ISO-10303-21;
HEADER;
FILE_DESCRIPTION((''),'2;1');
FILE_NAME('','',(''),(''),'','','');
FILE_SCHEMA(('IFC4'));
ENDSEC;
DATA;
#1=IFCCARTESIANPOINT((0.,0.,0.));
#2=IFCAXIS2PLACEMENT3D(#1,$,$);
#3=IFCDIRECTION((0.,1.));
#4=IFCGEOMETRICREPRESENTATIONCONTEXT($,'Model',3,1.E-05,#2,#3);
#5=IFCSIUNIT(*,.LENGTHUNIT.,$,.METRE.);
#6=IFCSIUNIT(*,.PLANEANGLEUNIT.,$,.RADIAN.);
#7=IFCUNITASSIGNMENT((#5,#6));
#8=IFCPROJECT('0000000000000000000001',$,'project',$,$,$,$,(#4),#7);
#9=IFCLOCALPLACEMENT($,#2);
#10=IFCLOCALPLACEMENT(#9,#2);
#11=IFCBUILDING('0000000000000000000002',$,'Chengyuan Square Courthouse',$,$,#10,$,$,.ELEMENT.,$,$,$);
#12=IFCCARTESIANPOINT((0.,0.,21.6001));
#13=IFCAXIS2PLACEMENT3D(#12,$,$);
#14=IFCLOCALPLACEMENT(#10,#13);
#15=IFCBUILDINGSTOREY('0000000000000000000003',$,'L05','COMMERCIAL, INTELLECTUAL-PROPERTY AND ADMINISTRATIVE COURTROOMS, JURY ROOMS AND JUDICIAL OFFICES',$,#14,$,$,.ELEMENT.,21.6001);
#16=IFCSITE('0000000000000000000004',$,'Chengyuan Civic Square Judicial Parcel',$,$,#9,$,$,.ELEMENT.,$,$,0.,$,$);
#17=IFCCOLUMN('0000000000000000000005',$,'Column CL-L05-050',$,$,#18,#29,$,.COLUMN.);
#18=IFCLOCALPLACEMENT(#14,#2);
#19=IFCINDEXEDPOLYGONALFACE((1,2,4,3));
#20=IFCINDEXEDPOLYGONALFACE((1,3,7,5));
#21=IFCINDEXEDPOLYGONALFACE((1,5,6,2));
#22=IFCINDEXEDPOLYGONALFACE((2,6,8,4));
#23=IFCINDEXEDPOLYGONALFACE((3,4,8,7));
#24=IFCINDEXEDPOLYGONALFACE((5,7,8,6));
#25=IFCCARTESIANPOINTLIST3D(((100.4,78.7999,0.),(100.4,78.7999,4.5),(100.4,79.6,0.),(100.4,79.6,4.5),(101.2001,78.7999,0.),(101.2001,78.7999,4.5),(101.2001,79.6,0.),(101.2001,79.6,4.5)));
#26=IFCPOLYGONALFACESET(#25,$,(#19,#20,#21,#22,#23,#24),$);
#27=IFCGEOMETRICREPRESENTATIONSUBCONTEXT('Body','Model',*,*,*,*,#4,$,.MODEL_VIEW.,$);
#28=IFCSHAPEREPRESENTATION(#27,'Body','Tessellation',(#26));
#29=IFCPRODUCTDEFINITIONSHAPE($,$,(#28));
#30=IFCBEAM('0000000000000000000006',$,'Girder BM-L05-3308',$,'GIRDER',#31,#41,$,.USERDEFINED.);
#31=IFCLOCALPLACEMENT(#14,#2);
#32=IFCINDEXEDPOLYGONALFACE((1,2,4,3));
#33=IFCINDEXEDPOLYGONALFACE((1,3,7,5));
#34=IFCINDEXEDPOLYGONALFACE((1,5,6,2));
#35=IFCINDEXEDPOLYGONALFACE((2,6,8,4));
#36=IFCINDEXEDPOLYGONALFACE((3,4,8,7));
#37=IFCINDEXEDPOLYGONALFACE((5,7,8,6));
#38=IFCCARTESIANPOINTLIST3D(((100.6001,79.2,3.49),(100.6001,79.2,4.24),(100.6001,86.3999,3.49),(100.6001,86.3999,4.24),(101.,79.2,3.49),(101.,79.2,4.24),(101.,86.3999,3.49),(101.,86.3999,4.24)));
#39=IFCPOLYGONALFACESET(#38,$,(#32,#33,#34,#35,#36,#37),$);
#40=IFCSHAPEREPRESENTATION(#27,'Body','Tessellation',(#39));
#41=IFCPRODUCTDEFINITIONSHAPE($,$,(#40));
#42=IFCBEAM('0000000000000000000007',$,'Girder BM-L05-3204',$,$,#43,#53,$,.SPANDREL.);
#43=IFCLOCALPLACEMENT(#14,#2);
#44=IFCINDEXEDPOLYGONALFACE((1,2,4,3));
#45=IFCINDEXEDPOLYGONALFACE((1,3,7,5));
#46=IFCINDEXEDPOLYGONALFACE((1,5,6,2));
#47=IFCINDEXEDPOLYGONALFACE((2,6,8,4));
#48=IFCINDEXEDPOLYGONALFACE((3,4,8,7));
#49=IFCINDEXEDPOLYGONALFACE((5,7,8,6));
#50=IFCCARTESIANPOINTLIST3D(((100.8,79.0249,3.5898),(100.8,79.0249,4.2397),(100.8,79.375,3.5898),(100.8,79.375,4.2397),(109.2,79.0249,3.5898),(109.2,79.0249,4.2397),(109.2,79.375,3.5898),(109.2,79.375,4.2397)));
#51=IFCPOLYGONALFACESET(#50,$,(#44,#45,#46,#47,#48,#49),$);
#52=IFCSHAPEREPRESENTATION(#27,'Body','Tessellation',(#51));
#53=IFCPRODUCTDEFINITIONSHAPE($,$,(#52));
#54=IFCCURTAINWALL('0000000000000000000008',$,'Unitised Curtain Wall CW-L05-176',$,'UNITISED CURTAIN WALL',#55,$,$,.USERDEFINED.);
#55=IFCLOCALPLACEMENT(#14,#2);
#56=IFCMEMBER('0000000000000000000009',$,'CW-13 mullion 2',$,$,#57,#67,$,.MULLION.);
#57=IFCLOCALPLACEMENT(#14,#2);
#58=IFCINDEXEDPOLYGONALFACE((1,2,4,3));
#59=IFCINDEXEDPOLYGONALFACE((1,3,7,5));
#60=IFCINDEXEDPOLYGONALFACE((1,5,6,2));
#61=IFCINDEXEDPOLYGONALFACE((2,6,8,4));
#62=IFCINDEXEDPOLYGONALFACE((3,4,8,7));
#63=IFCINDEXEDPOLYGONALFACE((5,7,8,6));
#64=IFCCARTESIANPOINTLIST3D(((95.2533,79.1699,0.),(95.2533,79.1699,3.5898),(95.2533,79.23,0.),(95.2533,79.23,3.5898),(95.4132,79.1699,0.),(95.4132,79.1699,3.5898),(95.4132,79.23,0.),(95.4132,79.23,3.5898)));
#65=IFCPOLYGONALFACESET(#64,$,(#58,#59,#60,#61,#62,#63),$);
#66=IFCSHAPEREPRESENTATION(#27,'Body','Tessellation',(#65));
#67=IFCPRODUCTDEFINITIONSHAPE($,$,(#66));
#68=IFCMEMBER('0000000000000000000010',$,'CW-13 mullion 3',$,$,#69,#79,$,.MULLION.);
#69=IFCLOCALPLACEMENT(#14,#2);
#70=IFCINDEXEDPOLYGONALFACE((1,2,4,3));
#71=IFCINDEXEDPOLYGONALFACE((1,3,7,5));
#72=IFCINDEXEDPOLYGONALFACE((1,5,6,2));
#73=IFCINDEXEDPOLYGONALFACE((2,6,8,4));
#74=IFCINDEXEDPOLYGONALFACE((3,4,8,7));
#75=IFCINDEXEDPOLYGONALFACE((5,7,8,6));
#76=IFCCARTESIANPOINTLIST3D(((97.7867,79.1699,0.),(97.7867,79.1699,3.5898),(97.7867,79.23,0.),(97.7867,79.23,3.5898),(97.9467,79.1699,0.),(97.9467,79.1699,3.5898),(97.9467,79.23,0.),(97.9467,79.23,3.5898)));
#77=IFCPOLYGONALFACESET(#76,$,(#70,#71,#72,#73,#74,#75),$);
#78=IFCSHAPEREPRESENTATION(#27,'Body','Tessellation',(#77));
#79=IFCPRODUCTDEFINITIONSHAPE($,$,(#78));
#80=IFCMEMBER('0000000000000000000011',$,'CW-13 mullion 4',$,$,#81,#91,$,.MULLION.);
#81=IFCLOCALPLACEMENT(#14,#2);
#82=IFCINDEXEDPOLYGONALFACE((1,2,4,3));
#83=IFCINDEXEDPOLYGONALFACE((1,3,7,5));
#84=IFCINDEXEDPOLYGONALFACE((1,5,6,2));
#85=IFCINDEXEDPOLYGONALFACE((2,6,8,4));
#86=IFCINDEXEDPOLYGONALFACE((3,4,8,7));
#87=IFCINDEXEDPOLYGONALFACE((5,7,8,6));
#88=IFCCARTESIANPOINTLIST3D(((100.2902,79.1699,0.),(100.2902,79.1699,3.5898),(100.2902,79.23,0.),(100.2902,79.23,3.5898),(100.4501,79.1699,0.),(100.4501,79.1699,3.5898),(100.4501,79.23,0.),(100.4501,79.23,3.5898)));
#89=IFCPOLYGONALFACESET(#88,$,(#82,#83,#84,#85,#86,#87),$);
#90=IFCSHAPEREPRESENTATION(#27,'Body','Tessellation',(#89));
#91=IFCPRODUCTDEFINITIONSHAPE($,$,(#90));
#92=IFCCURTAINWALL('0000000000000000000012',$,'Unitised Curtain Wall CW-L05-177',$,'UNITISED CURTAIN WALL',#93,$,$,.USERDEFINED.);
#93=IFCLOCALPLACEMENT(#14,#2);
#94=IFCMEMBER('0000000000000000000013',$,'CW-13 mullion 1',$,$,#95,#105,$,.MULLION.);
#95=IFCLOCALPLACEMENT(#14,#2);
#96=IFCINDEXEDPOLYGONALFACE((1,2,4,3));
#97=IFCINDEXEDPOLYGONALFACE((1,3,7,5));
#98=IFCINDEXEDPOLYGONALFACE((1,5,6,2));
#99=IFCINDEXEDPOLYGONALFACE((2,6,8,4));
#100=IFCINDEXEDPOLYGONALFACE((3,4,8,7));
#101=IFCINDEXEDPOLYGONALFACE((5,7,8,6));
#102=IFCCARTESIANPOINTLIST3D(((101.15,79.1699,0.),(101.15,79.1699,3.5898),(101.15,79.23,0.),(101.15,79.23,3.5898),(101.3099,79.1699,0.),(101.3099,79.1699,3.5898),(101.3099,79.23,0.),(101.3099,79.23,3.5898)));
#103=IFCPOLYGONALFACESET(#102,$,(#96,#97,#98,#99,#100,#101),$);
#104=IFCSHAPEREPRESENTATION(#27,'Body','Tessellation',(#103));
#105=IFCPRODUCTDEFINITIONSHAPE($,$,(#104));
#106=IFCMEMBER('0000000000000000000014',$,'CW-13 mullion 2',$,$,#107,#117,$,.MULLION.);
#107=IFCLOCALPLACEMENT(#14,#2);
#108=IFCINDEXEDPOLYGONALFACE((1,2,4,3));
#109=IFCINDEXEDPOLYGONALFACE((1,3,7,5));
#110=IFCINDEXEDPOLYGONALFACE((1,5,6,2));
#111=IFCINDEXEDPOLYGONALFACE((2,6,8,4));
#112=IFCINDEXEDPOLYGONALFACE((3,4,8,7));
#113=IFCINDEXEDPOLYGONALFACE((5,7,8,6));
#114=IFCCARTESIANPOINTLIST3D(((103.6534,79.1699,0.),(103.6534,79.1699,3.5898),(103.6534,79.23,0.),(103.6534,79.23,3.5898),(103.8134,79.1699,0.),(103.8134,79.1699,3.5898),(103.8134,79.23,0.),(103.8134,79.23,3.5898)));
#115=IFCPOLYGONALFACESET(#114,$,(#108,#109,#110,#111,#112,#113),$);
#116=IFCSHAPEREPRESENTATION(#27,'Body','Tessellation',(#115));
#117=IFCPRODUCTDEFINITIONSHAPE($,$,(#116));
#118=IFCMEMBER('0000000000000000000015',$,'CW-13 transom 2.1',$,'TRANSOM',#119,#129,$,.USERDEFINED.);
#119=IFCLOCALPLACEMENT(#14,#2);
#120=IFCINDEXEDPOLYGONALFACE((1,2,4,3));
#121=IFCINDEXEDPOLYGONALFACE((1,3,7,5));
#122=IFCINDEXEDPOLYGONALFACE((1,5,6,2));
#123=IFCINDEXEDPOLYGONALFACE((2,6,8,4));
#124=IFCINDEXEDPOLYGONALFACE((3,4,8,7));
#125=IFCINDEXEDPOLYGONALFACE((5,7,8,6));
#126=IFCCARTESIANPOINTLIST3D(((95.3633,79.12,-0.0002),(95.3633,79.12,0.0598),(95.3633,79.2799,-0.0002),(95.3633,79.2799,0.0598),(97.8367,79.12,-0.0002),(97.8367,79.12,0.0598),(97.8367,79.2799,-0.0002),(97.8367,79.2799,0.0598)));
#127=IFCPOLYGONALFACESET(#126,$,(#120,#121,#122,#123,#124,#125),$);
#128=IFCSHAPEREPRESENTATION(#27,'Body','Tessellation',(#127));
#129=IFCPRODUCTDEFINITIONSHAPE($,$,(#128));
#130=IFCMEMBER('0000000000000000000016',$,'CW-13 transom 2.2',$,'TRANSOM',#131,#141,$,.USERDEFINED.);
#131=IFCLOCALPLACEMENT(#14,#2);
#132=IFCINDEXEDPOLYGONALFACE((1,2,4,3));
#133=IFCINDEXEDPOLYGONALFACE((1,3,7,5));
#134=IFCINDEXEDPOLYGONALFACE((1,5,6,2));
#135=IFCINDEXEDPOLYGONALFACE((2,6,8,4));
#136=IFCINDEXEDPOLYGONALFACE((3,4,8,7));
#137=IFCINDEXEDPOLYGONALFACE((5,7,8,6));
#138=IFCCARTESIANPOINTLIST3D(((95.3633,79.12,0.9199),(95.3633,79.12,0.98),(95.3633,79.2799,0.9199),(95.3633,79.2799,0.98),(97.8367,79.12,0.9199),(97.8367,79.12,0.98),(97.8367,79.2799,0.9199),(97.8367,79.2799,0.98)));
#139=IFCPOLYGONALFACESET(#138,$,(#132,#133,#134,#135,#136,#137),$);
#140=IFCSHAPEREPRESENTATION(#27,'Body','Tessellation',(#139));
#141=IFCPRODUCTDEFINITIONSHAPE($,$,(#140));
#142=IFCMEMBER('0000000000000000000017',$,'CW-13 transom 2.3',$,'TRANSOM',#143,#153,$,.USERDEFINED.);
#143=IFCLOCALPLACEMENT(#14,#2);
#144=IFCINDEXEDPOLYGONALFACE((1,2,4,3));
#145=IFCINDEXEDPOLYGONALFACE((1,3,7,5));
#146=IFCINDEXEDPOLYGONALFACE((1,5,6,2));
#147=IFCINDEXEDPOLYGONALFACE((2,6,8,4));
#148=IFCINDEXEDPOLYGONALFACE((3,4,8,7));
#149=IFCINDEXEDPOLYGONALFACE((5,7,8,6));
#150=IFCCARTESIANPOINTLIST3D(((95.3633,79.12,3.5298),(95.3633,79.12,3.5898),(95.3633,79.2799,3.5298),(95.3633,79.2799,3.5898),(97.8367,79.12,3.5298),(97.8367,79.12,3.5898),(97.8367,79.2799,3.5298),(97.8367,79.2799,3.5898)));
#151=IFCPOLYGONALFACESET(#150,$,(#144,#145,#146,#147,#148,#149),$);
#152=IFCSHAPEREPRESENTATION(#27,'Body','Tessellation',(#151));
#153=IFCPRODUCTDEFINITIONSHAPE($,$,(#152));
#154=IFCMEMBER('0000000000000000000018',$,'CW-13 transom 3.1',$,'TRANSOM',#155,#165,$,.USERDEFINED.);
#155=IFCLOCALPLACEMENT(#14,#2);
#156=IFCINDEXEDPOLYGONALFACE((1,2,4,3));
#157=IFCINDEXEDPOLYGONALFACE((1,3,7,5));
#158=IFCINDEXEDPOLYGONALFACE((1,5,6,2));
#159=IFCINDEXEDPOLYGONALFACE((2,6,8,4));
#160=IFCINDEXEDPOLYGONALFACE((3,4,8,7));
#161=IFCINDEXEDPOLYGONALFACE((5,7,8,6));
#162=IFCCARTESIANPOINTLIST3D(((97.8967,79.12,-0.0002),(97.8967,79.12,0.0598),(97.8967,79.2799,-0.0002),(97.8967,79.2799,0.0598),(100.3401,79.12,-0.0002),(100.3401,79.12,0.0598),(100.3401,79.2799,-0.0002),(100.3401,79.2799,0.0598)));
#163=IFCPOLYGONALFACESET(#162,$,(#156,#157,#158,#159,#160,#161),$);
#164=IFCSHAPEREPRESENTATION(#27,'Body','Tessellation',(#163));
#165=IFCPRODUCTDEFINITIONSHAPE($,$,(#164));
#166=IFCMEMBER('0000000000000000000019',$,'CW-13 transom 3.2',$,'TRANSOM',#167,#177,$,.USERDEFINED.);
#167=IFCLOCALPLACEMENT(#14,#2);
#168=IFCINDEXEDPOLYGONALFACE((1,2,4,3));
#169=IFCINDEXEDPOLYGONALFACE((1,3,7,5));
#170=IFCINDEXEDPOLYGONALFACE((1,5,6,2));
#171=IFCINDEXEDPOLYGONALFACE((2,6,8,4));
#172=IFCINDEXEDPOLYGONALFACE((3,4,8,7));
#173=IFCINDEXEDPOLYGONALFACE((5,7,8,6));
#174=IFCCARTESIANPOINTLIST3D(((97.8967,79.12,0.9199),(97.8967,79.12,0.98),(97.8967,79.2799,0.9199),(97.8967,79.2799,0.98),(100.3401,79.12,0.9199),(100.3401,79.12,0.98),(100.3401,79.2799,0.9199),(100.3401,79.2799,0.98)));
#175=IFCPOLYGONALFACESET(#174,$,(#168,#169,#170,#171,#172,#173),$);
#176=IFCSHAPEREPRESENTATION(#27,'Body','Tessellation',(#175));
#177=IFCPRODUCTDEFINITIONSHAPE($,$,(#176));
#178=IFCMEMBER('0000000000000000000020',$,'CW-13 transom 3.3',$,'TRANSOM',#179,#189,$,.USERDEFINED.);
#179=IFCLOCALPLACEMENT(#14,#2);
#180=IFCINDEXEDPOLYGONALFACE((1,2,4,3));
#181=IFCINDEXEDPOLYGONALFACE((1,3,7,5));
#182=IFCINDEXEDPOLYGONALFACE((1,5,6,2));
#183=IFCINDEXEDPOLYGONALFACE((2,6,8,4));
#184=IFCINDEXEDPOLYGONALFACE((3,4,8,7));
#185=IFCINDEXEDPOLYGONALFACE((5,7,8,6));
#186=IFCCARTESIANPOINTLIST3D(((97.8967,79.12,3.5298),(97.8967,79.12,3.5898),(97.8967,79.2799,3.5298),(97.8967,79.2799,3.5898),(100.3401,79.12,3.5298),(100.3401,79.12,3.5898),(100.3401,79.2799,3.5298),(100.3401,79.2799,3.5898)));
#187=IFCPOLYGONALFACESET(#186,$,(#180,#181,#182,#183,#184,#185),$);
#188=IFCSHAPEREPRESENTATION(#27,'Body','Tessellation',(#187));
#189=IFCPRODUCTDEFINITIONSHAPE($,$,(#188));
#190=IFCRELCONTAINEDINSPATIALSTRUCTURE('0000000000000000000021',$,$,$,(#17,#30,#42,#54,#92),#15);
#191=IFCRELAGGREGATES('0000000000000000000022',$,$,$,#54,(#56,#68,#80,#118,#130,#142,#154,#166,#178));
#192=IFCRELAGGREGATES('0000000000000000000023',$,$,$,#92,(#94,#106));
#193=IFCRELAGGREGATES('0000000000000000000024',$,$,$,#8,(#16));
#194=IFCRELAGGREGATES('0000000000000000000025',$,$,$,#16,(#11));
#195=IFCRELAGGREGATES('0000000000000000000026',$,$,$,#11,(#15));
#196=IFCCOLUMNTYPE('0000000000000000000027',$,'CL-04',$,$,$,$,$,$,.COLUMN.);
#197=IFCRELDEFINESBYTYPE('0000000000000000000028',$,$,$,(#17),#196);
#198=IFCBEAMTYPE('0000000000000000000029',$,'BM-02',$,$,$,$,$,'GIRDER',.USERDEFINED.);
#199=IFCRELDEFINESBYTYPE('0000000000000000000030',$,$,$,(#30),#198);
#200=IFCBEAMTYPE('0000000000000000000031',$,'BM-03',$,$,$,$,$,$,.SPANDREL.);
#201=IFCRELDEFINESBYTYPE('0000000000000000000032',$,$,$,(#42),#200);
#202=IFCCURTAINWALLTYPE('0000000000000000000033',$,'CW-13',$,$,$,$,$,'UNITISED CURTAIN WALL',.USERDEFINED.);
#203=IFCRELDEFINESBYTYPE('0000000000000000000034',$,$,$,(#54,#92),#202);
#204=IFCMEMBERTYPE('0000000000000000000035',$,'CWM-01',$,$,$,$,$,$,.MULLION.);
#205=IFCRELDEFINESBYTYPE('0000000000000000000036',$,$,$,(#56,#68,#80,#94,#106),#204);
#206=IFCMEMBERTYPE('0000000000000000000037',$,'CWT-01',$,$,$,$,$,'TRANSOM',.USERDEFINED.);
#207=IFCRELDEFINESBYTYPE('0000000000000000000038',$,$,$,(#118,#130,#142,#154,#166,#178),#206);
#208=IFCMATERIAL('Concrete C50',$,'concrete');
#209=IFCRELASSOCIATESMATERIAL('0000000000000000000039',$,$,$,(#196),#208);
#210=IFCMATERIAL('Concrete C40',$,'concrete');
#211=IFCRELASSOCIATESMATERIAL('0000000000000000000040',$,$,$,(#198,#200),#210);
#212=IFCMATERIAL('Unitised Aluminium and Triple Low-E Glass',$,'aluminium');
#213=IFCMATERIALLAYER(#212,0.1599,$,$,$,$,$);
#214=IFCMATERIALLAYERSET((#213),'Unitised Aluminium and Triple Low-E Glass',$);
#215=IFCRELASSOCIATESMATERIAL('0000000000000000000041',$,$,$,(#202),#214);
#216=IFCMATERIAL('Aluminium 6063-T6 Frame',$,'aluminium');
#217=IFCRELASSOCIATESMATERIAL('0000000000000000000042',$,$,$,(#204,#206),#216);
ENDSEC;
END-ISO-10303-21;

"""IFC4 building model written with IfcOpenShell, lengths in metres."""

from ifc_helpers import new_model, si_unit, direction, frame, origin, origin_2d, place, context, subcontext, project, spatial, rectangle, extrude, material, layer, layer_set, material_profile, profile_set, type_object, element, aggregate, save


model = new_model("IFC4")

# Units and contexts
model_context = context("Model", 3, precision=1e-05, world=origin(), true_north=direction((0.0, 1.0)))
body_context = subcontext(model_context, "Body", "Model", "MODEL_VIEW")
ifc_project = project(units=[si_unit("LENGTHUNIT", "METRE"), si_unit("PLANEANGLEUNIT", "RADIAN")], contexts=[model_context])

# Site, building, storey
site_placement = place(None, origin())
site = spatial("IfcSite", under=ifc_project, at=site_placement, Name="Chengyuan Civic Square Judicial Parcel", CompositionType="ELEMENT", RefElevation=0.0)
building_placement = place(site_placement, origin())
building = spatial("IfcBuilding", under=site, at=building_placement, Name="Chengyuan Square Courthouse", CompositionType="ELEMENT")
storey_placement = place(building_placement, frame((0.0, 0.0, 21.6001)))
storey = spatial("IfcBuildingStorey", under=building, at=storey_placement, Name="L05", Description="COMMERCIAL, INTELLECTUAL-PROPERTY AND ADMINISTRATIVE COURTROOMS, JURY ROOMS AND JUDICIAL OFFICES", CompositionType="ELEMENT", Elevation=21.6001)

# Column
ifc_material_1 = material(Name="Concrete C50", Category="concrete")
ifc_material_profile_1 = material_profile(ifc_material_1, rectangle(XDim=0.8, YDim=0.8, at=origin_2d()), Name="RC-COL-800x800")
ifc_profile_set_1 = profile_set([ifc_material_profile_1], Name="Concrete C50")
column_type = type_object("IfcColumnType", Name="CL-04", PredefinedType="COLUMN", material=ifc_profile_set_1)
column_placement = place(storey_placement, frame((100.8, 79.2, 0.0), z_axis=(0.0, 0.0, 1.0), x_axis=(1.0, 0.0, 0.0)))
element("IfcColumn", 1, at=column_placement, inside=storey, type_object=column_type, Name="Column CL-L05-050", PredefinedType="COLUMN", context=body_context, shape_type="SweptSolid", body=[
    extrude(rectangle(XDim=0.8, YDim=0.8, at=origin_2d()), origin(), (0.0, 0.0, 1.0), 4.5),
])

# Beams
ifc_material_2 = material(Name="Concrete C40", Category="concrete")
ifc_material_profile_2 = material_profile(ifc_material_2, rectangle(XDim=0.3999, YDim=0.75, at=origin_2d()), Name="RC-BM-400x750")
ifc_profile_set_2 = profile_set([ifc_material_profile_2], Name="Concrete C40")
beam_type_1 = type_object("IfcBeamType", Name="BM-02", ElementType="GIRDER", PredefinedType="USERDEFINED", material=ifc_profile_set_2)
beam_1_placement = place(storey_placement, frame((100.8, 79.2, 3.865), z_axis=(0.0, 1.0, 0.0), x_axis=(-1.0, 0.0, 0.0)))
element("IfcBeam", 2, at=beam_1_placement, inside=storey, type_object=beam_type_1, Name="Girder BM-L05-3308", ObjectType="GIRDER", PredefinedType="USERDEFINED", context=body_context, shape_type="SweptSolid", body=[
    extrude(rectangle(XDim=0.3999, YDim=0.75, at=origin_2d()), origin(), (0.0, 0.0, 1.0), 7.2),
])
ifc_material_profile_3 = material_profile(ifc_material_2, rectangle(XDim=0.3501, YDim=0.6499, at=origin_2d()), Name="RC-BM-350x650")
ifc_profile_set_3 = profile_set([ifc_material_profile_3], Name="Concrete C40")
beam_type_2 = type_object("IfcBeamType", Name="BM-03", PredefinedType="SPANDREL", material=ifc_profile_set_3)
beam_2_placement = place(storey_placement, frame((100.8, 79.2, 3.9148), z_axis=(1.0, 0.0, 0.0), x_axis=(0.0, 1.0, 0.0)))
element("IfcBeam", 3, at=beam_2_placement, inside=storey, type_object=beam_type_2, Name="Girder BM-L05-3204", PredefinedType="SPANDREL", context=body_context, shape_type="SweptSolid", body=[
    extrude(rectangle(XDim=0.3501, YDim=0.6499, at=origin_2d()), origin(), (0.0, 0.0, 1.0), 8.3999),
])

# Curtain walls, members
ifc_material_3 = material(Name="Unitised Aluminium and Triple Low-E Glass", Category="aluminium")
ifc_layer_1 = layer(ifc_material_3, 0.1599)
ifc_layer_set_1 = layer_set([ifc_layer_1], Name="Unitised Aluminium and Triple Low-E Glass")
curtain_wall_type = type_object("IfcCurtainWallType", Name="CW-13", ElementType="UNITISED CURTAIN WALL", PredefinedType="USERDEFINED", material=ifc_layer_set_1)
curtain_wall_1_placement = place(storey_placement, origin())
curtain_wall_1 = element("IfcCurtainWall", 4, at=curtain_wall_1_placement, inside=storey, type_object=curtain_wall_type, Name="Unitised Curtain Wall CW-L05-176", ObjectType="UNITISED CURTAIN WALL", PredefinedType="USERDEFINED")
ifc_material_4 = material(Name="Aluminium 6063-T6 Frame", Category="aluminium")
ifc_material_profile_4 = material_profile(ifc_material_4, rectangle(XDim=0.0601, YDim=0.1599, at=origin_2d()), Name="CW-MUL-60x160")
ifc_profile_set_4 = profile_set([ifc_material_profile_4], Name="Aluminium 6063-T6 Frame")
member_type_1 = type_object("IfcMemberType", Name="CWM-01", PredefinedType="MULLION", material=ifc_profile_set_4)
member_1_placement = place(storey_placement, frame((95.3333, 79.2, 0.0), z_axis=(0.0, 0.0, 1.0), x_axis=(0.0, 1.0, 0.0)))
member_1 = element("IfcMember", 5, at=member_1_placement, type_object=member_type_1, Name="CW-13 mullion 2", PredefinedType="MULLION", context=body_context, shape_type="SweptSolid", body=[
    extrude(rectangle(XDim=0.0601, YDim=0.1599, at=origin_2d()), origin(), (0.0, 0.0, 1.0), 3.5898),
])
member_2_placement = place(storey_placement, frame((97.8667, 79.2, 0.0), z_axis=(0.0, 0.0, 1.0), x_axis=(0.0, 1.0, 0.0)))
member_2 = element("IfcMember", 6, at=member_2_placement, type_object=member_type_1, Name="CW-13 mullion 3", PredefinedType="MULLION", context=body_context, shape_type="SweptSolid", body=[
    extrude(rectangle(XDim=0.0601, YDim=0.1599, at=origin_2d()), origin(), (0.0, 0.0, 1.0), 3.5898),
])
member_3_placement = place(storey_placement, frame((100.3701, 79.2, 0.0), z_axis=(0.0, 0.0, 1.0), x_axis=(0.0, 1.0, 0.0)))
member_3 = element("IfcMember", 7, at=member_3_placement, type_object=member_type_1, Name="CW-13 mullion 4", PredefinedType="MULLION", context=body_context, shape_type="SweptSolid", body=[
    extrude(rectangle(XDim=0.0601, YDim=0.1599, at=origin_2d()), origin(), (0.0, 0.0, 1.0), 3.5898),
])
curtain_wall_2_placement = place(storey_placement, origin())
curtain_wall_2 = element("IfcCurtainWall", 8, at=curtain_wall_2_placement, inside=storey, type_object=curtain_wall_type, Name="Unitised Curtain Wall CW-L05-177", ObjectType="UNITISED CURTAIN WALL", PredefinedType="USERDEFINED")
member_4_placement = place(storey_placement, frame((101.23, 79.2, 0.0), z_axis=(0.0, 0.0, 1.0), x_axis=(0.0, 1.0, 0.0)))
member_4 = element("IfcMember", 9, at=member_4_placement, type_object=member_type_1, Name="CW-13 mullion 1", PredefinedType="MULLION", context=body_context, shape_type="SweptSolid", body=[
    extrude(rectangle(XDim=0.0601, YDim=0.1599, at=origin_2d()), origin(), (0.0, 0.0, 1.0), 3.5898),
])
member_5_placement = place(storey_placement, frame((103.7334, 79.2, 0.0), z_axis=(0.0, 0.0, 1.0), x_axis=(0.0, 1.0, 0.0)))
member_5 = element("IfcMember", 10, at=member_5_placement, type_object=member_type_1, Name="CW-13 mullion 2", PredefinedType="MULLION", context=body_context, shape_type="SweptSolid", body=[
    extrude(rectangle(XDim=0.0601, YDim=0.1599, at=origin_2d()), origin(), (0.0, 0.0, 1.0), 3.5898),
])

# Members
ifc_material_profile_5 = material_profile(ifc_material_4, rectangle(XDim=0.1599, YDim=0.0601, at=origin_2d()), Name="CW-TRN-60x120")
ifc_profile_set_5 = profile_set([ifc_material_profile_5], Name="Aluminium 6063-T6 Frame")
member_type_2 = type_object("IfcMemberType", Name="CWT-01", ElementType="TRANSOM", PredefinedType="USERDEFINED", material=ifc_profile_set_5)
member_6_placement = place(storey_placement, frame((95.3633, 79.2, 0.0298), z_axis=(1.0, 0.0, 0.0), x_axis=(0.0, 1.0, 0.0)))
member_6 = element("IfcMember", 11, at=member_6_placement, type_object=member_type_2, Name="CW-13 transom 2.1", ObjectType="TRANSOM", PredefinedType="USERDEFINED", context=body_context, shape_type="SweptSolid", body=[
    extrude(rectangle(XDim=0.1599, YDim=0.0601, at=origin_2d()), origin(), (0.0, 0.0, 1.0), 2.4734),
])
member_7_placement = place(storey_placement, frame((95.3633, 79.2, 0.95), z_axis=(1.0, 0.0, 0.0), x_axis=(0.0, 1.0, 0.0)))
member_7 = element("IfcMember", 12, at=member_7_placement, type_object=member_type_2, Name="CW-13 transom 2.2", ObjectType="TRANSOM", PredefinedType="USERDEFINED", context=body_context, shape_type="SweptSolid", body=[
    extrude(rectangle(XDim=0.1599, YDim=0.0601, at=origin_2d()), origin(), (0.0, 0.0, 1.0), 2.4734),
])
member_8_placement = place(storey_placement, frame((95.3633, 79.2, 3.5598), z_axis=(1.0, 0.0, 0.0), x_axis=(0.0, 1.0, 0.0)))
member_8 = element("IfcMember", 13, at=member_8_placement, type_object=member_type_2, Name="CW-13 transom 2.3", ObjectType="TRANSOM", PredefinedType="USERDEFINED", context=body_context, shape_type="SweptSolid", body=[
    extrude(rectangle(XDim=0.1599, YDim=0.0601, at=origin_2d()), origin(), (0.0, 0.0, 1.0), 2.4734),
])
member_9_placement = place(storey_placement, frame((97.8967, 79.2, 0.0298), z_axis=(1.0, 0.0, 0.0), x_axis=(0.0, 1.0, 0.0)))
member_9 = element("IfcMember", 14, at=member_9_placement, type_object=member_type_2, Name="CW-13 transom 3.1", ObjectType="TRANSOM", PredefinedType="USERDEFINED", context=body_context, shape_type="SweptSolid", body=[
    extrude(rectangle(XDim=0.1599, YDim=0.0601, at=origin_2d()), origin(), (0.0, 0.0, 1.0), 2.4434),
])
member_10_placement = place(storey_placement, frame((97.8967, 79.2, 0.95), z_axis=(1.0, 0.0, 0.0), x_axis=(0.0, 1.0, 0.0)))
member_10 = element("IfcMember", 15, at=member_10_placement, type_object=member_type_2, Name="CW-13 transom 3.2", ObjectType="TRANSOM", PredefinedType="USERDEFINED", context=body_context, shape_type="SweptSolid", body=[
    extrude(rectangle(XDim=0.1599, YDim=0.0601, at=origin_2d()), origin(), (0.0, 0.0, 1.0), 2.4434),
])
member_11_placement = place(storey_placement, frame((97.8967, 79.2, 3.5598), z_axis=(1.0, 0.0, 0.0), x_axis=(0.0, 1.0, 0.0)))
member_11 = element("IfcMember", 16, at=member_11_placement, type_object=member_type_2, Name="CW-13 transom 3.3", ObjectType="TRANSOM", PredefinedType="USERDEFINED", context=body_context, shape_type="SweptSolid", body=[
    extrude(rectangle(XDim=0.1599, YDim=0.0601, at=origin_2d()), origin(), (0.0, 0.0, 1.0), 2.4434),
])

aggregate(curtain_wall_1, [member_1, member_2, member_3, member_6, member_7, member_8, member_9, member_10, member_11])
aggregate(curtain_wall_2, [member_4, member_5])

save(model, "model.ifc")
